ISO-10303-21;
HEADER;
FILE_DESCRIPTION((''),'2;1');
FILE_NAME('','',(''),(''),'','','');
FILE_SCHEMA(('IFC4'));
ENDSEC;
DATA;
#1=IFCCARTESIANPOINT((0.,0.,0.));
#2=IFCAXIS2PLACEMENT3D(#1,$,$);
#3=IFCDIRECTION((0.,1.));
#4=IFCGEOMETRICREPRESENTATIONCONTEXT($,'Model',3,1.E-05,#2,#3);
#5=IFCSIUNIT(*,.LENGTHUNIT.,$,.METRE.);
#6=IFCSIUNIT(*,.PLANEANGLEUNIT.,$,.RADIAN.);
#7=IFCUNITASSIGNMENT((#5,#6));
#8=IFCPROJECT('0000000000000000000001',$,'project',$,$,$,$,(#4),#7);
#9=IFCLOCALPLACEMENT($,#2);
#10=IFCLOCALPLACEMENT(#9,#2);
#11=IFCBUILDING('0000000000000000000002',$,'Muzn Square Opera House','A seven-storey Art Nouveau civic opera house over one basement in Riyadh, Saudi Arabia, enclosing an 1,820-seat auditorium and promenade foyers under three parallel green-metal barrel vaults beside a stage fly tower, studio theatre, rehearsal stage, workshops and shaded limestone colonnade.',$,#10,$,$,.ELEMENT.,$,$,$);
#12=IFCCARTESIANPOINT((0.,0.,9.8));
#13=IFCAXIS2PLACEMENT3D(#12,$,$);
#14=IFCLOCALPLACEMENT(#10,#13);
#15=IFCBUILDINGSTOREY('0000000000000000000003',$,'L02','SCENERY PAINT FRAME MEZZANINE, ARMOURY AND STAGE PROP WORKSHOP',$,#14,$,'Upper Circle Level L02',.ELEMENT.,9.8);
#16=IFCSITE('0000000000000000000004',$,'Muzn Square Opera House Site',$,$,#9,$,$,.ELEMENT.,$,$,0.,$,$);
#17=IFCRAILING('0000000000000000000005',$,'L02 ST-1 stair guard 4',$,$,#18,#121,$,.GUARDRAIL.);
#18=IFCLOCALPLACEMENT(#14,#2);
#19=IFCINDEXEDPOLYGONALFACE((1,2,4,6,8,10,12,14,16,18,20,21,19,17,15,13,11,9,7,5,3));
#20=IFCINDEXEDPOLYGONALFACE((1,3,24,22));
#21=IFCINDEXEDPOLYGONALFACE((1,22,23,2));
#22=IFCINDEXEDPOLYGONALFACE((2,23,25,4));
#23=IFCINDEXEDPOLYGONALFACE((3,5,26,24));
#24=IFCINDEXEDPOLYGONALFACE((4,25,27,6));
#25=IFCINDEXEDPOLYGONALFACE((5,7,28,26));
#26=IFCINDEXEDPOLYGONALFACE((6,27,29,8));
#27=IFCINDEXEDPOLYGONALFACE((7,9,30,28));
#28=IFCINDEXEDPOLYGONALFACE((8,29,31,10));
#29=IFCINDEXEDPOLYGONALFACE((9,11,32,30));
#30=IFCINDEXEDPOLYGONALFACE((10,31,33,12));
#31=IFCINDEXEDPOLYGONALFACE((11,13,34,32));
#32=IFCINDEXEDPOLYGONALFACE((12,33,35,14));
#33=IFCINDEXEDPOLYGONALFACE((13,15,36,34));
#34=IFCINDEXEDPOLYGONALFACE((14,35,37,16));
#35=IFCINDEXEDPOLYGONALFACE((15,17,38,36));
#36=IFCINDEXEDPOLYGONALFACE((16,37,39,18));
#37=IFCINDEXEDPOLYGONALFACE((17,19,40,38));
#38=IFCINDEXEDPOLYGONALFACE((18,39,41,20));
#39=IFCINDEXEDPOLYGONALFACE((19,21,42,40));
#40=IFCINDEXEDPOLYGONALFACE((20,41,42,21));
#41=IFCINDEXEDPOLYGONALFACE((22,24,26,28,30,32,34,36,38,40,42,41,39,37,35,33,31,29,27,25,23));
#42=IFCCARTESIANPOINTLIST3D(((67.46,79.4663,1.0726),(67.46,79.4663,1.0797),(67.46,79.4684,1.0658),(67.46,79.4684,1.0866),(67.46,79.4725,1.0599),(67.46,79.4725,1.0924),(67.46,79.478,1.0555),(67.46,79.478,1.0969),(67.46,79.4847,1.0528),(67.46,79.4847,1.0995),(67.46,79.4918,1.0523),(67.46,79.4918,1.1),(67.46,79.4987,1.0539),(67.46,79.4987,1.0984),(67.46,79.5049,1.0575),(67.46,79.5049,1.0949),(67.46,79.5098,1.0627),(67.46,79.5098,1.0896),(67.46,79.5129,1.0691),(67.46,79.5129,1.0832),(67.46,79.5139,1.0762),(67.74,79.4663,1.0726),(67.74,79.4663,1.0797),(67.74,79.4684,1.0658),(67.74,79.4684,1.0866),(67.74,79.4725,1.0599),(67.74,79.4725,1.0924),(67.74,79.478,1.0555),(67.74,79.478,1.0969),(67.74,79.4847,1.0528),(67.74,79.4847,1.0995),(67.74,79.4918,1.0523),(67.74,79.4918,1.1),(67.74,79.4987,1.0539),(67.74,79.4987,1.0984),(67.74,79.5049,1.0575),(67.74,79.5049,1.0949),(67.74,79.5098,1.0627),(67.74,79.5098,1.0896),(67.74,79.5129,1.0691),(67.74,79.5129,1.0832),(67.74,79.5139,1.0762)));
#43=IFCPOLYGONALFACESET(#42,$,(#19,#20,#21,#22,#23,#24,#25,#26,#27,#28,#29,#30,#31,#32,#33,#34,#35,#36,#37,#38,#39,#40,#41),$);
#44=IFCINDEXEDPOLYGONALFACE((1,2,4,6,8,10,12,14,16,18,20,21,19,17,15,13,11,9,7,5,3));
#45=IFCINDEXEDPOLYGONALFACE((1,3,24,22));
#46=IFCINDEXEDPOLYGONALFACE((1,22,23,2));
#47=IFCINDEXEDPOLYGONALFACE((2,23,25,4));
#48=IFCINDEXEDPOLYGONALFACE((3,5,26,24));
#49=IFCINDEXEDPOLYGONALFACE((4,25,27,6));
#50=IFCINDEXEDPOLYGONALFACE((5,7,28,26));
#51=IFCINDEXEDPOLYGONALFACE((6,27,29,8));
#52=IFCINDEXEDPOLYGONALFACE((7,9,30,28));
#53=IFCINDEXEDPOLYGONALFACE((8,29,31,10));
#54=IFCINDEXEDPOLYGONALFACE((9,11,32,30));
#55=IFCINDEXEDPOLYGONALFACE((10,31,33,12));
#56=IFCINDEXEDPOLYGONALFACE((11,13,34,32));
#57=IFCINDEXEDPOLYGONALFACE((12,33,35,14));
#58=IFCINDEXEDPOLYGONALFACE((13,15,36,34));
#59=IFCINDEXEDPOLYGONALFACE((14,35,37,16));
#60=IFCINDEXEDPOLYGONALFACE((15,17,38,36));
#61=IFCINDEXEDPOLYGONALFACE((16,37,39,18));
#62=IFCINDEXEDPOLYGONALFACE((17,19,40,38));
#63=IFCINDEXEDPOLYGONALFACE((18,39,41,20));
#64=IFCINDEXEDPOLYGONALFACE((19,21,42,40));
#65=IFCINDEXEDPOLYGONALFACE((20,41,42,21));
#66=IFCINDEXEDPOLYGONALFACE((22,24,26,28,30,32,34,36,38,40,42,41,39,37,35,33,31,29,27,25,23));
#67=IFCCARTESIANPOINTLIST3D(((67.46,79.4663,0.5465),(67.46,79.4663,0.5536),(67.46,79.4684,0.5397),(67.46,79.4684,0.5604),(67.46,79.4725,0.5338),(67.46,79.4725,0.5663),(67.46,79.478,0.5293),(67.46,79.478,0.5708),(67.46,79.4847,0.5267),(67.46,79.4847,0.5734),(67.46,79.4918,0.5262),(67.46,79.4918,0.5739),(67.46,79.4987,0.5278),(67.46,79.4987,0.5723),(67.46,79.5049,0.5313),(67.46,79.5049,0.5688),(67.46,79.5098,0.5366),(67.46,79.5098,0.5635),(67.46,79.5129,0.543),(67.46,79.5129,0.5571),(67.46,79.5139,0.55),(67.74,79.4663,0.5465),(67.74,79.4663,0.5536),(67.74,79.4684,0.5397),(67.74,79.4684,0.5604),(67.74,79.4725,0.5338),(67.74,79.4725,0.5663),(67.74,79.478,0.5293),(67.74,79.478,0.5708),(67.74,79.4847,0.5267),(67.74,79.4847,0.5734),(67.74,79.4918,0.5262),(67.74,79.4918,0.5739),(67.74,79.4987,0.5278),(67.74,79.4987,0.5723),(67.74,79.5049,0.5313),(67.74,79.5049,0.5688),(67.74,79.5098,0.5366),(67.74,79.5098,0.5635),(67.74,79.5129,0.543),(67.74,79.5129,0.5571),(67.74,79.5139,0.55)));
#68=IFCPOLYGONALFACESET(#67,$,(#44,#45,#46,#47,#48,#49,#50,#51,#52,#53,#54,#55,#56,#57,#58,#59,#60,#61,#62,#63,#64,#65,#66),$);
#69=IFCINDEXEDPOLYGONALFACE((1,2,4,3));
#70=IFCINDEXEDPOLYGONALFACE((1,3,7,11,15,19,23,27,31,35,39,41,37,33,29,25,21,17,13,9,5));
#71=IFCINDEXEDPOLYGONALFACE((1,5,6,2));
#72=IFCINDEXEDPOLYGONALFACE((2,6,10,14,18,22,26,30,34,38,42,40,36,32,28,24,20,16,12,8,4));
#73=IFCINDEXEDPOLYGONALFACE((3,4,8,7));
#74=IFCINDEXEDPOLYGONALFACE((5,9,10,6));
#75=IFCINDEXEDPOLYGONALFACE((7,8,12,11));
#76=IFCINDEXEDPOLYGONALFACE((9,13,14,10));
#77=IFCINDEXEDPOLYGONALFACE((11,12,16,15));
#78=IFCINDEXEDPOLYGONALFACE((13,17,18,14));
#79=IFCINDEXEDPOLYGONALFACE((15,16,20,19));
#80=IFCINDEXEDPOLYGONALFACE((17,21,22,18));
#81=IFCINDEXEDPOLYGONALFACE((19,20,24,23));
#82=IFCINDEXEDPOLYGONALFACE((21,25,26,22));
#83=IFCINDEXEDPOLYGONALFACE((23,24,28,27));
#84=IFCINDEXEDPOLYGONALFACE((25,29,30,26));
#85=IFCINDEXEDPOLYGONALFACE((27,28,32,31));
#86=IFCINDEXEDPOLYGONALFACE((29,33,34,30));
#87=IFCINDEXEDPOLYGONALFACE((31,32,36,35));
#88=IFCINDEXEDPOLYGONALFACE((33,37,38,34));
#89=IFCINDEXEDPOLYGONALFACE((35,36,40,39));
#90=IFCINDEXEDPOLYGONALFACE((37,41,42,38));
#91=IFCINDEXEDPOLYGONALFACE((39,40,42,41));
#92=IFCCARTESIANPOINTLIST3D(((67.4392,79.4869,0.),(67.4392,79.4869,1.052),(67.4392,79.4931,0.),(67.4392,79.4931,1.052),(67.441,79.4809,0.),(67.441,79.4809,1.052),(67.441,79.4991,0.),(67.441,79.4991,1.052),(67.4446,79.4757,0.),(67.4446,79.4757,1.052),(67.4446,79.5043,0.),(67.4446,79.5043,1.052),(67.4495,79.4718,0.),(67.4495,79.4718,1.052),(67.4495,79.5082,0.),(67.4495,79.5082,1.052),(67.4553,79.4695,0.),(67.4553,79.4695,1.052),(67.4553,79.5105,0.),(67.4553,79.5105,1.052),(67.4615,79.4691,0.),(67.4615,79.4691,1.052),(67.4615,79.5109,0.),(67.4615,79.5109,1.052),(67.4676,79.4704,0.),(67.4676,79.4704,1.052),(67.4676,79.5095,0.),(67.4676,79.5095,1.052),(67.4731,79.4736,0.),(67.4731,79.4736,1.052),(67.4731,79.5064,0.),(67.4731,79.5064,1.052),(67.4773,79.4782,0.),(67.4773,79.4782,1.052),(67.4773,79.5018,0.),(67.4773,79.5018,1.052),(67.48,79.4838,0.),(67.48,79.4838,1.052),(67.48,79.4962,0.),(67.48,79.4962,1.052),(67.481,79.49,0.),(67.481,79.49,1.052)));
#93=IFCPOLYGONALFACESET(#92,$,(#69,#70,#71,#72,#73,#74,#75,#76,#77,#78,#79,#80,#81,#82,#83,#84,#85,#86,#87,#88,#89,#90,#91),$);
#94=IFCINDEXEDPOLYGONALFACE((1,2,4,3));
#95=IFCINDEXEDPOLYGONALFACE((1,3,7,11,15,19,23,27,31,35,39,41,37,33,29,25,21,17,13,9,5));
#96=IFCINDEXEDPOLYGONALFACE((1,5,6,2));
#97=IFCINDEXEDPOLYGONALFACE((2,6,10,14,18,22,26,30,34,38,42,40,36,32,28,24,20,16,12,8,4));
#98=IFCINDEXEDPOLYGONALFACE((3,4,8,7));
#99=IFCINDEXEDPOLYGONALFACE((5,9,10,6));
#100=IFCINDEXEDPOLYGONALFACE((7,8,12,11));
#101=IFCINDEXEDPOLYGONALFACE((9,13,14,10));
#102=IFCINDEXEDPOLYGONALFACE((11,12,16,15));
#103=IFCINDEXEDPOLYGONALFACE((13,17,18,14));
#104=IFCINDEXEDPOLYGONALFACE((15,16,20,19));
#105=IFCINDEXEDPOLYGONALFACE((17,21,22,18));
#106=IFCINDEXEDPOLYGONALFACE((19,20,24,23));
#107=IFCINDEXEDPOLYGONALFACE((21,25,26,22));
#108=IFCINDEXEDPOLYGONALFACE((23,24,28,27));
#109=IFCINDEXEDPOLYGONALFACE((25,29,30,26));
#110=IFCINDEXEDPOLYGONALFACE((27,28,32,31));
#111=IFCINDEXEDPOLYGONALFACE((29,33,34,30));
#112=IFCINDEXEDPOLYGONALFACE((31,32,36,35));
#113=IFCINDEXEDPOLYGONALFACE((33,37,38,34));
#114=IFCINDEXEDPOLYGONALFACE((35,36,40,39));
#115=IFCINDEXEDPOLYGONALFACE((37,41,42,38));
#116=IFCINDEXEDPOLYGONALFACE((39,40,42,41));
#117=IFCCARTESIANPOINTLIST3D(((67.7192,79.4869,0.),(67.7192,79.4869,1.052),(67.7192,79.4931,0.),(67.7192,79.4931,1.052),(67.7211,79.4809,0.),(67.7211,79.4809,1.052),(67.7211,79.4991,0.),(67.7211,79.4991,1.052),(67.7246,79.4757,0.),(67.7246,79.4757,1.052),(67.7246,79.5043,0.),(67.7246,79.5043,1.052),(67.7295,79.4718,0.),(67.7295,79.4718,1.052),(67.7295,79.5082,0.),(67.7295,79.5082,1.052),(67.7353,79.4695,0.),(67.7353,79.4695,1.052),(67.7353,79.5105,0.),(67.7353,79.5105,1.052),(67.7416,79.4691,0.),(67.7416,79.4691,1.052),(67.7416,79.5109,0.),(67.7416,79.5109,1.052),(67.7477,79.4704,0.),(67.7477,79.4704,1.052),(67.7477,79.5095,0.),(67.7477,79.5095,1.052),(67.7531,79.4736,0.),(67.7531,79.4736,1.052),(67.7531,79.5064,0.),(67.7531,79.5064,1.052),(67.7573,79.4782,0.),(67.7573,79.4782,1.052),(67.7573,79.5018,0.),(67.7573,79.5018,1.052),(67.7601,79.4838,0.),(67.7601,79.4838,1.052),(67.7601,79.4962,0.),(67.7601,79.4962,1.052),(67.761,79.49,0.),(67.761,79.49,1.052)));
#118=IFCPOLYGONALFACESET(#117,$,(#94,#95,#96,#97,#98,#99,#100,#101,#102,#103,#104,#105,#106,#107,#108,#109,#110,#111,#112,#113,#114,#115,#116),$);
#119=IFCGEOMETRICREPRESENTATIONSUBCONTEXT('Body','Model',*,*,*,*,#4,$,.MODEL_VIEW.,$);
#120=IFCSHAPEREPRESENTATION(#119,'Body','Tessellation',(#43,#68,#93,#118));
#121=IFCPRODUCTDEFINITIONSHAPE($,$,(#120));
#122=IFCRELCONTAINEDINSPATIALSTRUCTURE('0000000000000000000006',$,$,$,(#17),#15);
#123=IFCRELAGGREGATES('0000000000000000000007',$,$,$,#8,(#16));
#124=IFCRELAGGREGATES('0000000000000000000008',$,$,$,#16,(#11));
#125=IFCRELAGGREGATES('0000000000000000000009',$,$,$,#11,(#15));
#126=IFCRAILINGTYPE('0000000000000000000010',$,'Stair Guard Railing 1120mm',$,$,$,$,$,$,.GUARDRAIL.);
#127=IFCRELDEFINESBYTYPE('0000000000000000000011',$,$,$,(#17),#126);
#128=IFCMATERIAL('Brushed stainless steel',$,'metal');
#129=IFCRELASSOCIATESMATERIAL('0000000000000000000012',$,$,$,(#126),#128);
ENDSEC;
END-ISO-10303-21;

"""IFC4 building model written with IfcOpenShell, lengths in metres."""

from ifc_helpers import new_model, si_unit, direction, frame, origin, origin_2d, place, context, subcontext, project, spatial, circle, extrude, material, type_object, element, save


model = new_model("IFC4")

# Units and contexts
model_context = context("Model", 3, precision=1e-05, world=origin(), true_north=direction((0.0, 1.0)))
body_context = subcontext(model_context, "Body", "Model", "MODEL_VIEW")
ifc_project = project(units=[si_unit("LENGTHUNIT", "METRE"), si_unit("PLANEANGLEUNIT", "RADIAN")], contexts=[model_context])

# Site, building, storey
site_placement = place(None, origin())
site = spatial("IfcSite", under=ifc_project, at=site_placement, Name="Muzn Square Opera House Site", CompositionType="ELEMENT", RefElevation=0.0)
building_placement = place(site_placement, origin())
building = spatial("IfcBuilding", under=site, at=building_placement, Name="Muzn Square Opera House", Description="A seven-storey Art Nouveau civic opera house over one basement in Riyadh, Saudi Arabia, enclosing an 1,820-seat auditorium and promenade foyers under three parallel green-metal barrel vaults beside a stage fly tower, studio theatre, rehearsal stage, workshops and shaded limestone colonnade.", CompositionType="ELEMENT")
storey_placement = place(building_placement, frame((0.0, 0.0, 9.8)))
storey = spatial("IfcBuildingStorey", under=building, at=storey_placement, Name="L02", Description="SCENERY PAINT FRAME MEZZANINE, ARMOURY AND STAGE PROP WORKSHOP", LongName="Upper Circle Level L02", CompositionType="ELEMENT", Elevation=9.8)

# Railing
ifc_material_1 = material(Name="Brushed stainless steel", Category="metal")
railing_type_1 = type_object("IfcRailingType", Name="Stair Guard Railing 1120mm", PredefinedType="GUARDRAIL", material=ifc_material_1)
railing_1_placement = place(storey_placement, frame((67.46, 79.49, 0.0)))
element("IfcRailing", 1, at=railing_1_placement, inside=storey, type_object=railing_type_1, Name="L02 ST-1 stair guard 4", PredefinedType="GUARDRAIL", context=body_context, shape_type="SweptSolid", body=[
    extrude(circle(Radius=0.0239, at=origin_2d()), frame((0.0, 0.0, 1.0762), z_axis=(1.0, 0.0, 0.0), x_axis=(0.0, 1.0, 0.0)), (0.0, 0.0, 1.0), 0.28),
    extrude(circle(Radius=0.0239, at=origin_2d()), frame((0.0, 0.0, 0.55), z_axis=(1.0, 0.0, 0.0), x_axis=(0.0, 1.0, 0.0)), (0.0, 0.0, 1.0), 0.28),
    extrude(circle(Radius=0.021, at=origin_2d()), origin(), (0.0, 0.0, 1.0), 1.052),
    extrude(circle(Radius=0.021, at=origin_2d()), frame((0.28, 0.0, 0.0)), (0.0, 0.0, 1.0), 1.052),
])

save(model, "model.ifc")
